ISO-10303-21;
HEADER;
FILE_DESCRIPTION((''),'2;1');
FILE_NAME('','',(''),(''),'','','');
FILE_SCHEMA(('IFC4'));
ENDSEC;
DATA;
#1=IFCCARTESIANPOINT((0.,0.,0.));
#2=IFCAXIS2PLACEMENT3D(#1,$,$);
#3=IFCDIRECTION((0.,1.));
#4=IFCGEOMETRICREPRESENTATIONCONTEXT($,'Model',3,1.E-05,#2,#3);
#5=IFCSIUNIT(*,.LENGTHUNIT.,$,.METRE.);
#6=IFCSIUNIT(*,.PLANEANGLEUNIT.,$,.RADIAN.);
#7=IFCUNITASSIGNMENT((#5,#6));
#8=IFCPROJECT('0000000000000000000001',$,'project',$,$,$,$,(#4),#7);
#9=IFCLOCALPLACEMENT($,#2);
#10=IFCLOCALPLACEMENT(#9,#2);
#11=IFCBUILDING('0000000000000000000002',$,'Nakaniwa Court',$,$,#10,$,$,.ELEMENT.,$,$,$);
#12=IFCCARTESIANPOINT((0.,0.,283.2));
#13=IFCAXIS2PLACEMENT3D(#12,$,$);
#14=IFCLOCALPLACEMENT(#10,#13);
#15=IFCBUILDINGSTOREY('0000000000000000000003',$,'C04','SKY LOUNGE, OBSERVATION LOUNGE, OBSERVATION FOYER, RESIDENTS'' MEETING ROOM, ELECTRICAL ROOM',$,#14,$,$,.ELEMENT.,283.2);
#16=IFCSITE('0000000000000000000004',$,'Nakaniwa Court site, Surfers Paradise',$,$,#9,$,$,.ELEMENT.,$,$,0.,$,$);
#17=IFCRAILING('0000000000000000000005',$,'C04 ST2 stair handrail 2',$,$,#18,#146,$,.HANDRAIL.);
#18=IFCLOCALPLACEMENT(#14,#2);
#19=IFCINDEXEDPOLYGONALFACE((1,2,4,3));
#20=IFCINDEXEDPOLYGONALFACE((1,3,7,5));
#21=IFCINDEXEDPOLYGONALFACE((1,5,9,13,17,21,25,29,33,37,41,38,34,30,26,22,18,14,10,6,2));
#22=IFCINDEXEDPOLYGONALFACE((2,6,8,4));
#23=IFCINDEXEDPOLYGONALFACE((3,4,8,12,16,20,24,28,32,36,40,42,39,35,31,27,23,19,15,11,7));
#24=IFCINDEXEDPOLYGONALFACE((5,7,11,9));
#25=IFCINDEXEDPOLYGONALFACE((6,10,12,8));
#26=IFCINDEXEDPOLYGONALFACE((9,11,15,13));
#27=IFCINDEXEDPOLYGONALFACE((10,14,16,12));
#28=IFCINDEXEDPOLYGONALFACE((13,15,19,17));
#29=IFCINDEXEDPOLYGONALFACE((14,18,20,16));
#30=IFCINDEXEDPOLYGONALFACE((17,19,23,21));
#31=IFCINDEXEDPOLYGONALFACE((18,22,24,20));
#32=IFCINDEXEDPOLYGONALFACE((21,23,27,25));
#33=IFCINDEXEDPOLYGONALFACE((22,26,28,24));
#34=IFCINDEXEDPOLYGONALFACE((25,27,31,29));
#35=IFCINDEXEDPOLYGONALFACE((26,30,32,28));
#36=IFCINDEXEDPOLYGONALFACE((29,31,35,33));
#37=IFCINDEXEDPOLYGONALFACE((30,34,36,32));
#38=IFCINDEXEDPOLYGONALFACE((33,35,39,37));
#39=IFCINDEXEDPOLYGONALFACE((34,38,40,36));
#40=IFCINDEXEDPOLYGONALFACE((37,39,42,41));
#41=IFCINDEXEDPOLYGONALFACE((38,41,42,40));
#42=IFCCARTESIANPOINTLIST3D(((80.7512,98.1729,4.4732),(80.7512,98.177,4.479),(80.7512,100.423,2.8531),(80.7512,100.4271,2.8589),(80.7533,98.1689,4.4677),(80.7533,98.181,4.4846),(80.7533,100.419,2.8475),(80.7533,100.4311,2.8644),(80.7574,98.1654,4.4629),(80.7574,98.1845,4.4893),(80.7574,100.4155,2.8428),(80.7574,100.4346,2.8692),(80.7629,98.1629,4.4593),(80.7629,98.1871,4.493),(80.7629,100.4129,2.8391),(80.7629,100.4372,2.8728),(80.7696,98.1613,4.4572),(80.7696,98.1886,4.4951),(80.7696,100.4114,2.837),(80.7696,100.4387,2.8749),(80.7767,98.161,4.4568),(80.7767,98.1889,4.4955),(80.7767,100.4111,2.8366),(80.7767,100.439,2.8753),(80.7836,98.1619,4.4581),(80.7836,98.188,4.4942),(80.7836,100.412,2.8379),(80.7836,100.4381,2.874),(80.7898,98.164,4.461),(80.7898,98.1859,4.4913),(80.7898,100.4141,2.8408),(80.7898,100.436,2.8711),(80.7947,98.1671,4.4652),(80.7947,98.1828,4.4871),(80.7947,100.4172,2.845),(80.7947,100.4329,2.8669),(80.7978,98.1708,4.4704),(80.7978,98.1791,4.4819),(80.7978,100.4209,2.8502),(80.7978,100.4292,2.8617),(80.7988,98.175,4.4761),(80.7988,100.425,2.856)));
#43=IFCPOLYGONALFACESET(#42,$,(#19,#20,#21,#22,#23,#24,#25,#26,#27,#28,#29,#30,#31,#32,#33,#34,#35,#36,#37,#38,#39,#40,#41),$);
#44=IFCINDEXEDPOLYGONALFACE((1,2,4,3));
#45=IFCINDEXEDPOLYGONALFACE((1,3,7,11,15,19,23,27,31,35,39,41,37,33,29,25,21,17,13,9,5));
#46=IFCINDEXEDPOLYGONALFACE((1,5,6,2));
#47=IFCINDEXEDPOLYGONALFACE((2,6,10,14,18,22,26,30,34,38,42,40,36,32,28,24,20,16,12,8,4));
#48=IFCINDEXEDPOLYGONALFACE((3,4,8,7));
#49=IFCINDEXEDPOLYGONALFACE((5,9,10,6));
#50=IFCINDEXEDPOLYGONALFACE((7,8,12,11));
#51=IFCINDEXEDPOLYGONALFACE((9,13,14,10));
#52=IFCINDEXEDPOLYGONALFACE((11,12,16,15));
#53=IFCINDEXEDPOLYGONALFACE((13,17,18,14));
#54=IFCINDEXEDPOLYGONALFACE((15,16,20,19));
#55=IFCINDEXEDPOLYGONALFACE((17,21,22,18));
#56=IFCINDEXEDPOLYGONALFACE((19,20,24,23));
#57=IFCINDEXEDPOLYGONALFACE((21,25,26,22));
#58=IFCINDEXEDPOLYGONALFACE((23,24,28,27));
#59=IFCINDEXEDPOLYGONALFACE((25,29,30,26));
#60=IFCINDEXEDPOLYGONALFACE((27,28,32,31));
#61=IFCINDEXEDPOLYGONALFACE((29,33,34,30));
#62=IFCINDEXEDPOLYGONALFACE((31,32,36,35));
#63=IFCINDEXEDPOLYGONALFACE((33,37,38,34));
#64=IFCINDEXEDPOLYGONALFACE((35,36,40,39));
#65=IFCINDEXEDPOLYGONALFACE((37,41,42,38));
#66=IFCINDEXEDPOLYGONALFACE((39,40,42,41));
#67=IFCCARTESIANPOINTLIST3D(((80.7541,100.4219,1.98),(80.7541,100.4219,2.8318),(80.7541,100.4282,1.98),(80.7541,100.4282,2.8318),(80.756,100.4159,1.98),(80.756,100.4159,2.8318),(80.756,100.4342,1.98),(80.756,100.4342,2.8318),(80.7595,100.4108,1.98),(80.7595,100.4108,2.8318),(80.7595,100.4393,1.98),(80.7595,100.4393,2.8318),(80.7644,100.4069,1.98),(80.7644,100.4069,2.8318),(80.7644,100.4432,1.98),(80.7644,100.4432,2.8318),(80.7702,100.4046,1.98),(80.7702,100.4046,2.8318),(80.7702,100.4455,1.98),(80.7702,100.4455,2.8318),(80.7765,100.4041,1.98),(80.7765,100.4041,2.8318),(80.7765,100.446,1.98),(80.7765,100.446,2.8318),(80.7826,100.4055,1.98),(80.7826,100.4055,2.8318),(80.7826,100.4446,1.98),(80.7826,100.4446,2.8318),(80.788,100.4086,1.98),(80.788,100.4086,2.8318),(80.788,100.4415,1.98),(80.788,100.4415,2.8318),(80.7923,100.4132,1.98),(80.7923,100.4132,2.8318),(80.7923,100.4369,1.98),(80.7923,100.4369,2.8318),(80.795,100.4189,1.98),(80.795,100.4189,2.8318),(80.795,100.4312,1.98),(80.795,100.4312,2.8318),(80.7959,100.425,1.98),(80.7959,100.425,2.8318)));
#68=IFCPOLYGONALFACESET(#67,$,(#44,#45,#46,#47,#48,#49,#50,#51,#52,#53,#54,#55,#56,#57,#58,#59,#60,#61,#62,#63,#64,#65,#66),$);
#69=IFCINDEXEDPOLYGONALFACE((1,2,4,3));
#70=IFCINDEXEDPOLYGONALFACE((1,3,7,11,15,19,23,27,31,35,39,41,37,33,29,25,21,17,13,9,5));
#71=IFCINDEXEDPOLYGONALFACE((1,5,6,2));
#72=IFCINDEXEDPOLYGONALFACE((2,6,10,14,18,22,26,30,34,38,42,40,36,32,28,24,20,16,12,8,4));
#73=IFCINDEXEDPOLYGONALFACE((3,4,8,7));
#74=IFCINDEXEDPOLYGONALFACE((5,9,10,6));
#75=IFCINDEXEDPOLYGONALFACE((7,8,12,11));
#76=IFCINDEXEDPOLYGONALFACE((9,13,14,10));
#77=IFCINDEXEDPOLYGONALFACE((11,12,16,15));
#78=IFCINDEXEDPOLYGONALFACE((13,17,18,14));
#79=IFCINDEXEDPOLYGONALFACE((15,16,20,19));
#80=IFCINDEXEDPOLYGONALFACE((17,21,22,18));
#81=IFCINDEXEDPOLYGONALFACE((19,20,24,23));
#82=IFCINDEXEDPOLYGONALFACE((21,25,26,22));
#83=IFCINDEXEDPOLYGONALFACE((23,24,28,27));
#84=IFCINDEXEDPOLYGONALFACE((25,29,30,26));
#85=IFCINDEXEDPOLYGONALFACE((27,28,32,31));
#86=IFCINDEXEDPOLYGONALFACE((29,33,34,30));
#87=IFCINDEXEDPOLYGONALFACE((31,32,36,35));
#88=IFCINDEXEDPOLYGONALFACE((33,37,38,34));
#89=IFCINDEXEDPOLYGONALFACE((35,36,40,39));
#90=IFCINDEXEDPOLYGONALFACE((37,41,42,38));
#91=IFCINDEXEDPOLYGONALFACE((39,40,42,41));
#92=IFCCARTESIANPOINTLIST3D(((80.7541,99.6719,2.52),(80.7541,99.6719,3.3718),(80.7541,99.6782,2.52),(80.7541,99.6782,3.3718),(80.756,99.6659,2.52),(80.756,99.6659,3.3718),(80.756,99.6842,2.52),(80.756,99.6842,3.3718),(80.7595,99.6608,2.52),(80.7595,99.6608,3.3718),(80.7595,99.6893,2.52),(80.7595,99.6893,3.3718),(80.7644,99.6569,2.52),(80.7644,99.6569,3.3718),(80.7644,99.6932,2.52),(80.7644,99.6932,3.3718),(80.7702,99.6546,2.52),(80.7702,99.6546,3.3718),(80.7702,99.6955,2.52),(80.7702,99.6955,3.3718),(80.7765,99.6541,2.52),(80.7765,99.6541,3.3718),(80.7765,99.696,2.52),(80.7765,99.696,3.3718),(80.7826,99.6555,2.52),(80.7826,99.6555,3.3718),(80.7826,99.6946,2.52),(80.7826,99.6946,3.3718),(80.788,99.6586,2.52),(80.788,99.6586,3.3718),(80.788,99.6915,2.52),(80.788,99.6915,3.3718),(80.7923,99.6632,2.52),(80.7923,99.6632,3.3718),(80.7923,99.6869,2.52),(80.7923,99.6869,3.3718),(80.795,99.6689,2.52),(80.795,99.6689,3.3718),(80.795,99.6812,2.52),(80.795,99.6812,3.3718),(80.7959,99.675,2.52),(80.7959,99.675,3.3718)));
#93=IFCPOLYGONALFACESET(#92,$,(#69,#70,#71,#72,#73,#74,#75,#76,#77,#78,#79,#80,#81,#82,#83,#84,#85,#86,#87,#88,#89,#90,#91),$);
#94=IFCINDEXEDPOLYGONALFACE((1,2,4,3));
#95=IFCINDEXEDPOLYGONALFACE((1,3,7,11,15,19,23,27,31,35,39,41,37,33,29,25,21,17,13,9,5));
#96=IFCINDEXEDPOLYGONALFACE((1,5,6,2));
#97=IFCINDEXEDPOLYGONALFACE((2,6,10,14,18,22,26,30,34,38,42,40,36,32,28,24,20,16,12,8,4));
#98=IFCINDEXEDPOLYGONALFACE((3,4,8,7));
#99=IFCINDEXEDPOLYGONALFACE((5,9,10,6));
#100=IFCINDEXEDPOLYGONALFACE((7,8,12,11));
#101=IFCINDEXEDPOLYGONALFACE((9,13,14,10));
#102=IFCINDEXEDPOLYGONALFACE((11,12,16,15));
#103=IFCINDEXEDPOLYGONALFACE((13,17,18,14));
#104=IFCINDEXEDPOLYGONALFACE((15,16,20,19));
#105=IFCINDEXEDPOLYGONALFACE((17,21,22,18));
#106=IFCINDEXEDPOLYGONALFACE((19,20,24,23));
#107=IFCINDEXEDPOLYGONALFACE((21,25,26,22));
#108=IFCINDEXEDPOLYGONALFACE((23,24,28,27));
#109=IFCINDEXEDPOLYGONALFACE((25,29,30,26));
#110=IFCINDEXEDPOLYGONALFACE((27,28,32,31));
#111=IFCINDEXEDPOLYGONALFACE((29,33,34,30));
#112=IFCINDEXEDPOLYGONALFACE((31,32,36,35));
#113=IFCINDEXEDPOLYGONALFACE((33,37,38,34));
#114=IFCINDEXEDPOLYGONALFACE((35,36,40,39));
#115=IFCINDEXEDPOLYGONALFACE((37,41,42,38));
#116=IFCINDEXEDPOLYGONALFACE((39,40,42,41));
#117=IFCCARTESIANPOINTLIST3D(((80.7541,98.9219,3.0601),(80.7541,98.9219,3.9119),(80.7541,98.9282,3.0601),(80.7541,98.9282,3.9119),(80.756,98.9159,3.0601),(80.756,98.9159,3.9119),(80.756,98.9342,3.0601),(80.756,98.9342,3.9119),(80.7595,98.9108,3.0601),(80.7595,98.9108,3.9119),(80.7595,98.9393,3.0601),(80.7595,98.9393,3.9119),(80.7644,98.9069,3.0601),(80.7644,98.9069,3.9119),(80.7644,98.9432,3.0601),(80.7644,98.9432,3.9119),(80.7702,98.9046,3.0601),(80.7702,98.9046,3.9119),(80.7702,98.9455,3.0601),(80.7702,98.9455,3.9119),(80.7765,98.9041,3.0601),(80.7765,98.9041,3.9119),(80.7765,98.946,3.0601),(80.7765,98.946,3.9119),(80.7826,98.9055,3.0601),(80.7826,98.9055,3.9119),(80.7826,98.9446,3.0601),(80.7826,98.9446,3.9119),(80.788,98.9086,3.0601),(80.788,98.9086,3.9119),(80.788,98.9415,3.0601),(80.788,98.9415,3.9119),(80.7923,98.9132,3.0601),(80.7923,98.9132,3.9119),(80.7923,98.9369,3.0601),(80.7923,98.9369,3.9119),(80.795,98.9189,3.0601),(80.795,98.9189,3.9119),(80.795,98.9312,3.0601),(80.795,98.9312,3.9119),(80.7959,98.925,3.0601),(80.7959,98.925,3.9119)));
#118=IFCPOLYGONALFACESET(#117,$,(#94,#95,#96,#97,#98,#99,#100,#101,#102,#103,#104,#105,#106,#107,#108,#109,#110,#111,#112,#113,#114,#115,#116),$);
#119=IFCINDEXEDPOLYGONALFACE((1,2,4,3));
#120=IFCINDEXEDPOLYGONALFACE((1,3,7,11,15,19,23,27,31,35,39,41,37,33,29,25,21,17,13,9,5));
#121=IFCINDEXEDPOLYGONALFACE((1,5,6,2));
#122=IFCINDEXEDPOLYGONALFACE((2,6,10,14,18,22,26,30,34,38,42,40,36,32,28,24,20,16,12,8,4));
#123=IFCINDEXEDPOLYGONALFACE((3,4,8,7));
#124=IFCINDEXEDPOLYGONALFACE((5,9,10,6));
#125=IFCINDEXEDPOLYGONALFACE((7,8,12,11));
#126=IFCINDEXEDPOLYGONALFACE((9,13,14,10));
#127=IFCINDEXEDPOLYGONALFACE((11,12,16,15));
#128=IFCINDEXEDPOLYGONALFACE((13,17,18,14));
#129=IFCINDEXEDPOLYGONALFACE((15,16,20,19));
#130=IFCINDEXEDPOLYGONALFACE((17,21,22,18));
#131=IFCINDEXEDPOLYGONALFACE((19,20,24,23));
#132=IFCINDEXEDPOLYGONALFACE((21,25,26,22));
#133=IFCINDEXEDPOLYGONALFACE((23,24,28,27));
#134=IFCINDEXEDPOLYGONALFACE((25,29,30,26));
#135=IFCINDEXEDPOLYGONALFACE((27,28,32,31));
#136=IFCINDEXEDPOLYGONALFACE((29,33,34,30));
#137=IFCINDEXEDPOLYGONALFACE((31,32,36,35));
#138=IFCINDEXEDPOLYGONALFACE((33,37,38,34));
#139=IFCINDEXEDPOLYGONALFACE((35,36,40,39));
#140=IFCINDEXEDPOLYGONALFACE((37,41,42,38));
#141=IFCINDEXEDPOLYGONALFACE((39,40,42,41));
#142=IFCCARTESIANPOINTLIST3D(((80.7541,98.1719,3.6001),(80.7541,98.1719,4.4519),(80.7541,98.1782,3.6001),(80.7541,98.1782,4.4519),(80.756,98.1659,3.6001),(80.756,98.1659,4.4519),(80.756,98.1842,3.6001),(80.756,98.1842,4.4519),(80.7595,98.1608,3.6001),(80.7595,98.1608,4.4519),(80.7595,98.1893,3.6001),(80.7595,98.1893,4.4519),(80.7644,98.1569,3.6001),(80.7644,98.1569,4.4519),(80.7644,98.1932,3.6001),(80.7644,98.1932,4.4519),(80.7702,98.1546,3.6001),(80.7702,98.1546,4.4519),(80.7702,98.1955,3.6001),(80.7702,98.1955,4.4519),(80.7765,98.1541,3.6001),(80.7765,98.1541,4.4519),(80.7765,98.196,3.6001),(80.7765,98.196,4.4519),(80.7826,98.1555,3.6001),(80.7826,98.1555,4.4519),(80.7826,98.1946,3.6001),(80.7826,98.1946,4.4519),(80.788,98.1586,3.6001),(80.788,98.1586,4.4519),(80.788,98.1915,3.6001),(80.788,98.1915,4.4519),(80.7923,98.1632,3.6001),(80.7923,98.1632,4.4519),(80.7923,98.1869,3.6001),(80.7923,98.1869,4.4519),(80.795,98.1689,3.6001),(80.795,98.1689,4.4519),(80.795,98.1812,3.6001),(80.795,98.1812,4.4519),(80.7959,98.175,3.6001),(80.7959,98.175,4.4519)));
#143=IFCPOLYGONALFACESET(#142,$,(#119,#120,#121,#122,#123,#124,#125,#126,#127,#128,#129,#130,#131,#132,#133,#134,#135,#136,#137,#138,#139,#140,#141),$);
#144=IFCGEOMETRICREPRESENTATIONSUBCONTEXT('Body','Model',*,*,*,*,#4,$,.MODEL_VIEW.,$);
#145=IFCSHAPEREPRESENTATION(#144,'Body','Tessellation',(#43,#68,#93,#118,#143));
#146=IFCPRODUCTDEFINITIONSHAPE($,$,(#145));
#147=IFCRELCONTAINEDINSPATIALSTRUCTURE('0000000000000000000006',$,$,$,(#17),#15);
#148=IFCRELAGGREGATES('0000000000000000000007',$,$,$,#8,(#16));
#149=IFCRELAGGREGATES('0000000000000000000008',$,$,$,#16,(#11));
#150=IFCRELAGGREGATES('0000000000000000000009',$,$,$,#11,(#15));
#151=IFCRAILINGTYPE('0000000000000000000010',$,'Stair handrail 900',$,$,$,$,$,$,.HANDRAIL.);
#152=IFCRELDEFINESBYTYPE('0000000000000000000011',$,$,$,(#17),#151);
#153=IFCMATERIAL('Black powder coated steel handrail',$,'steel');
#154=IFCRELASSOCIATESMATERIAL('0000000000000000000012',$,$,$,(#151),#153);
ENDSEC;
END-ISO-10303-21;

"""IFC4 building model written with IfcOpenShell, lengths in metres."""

from ifc_helpers import new_model, si_unit, direction, frame, origin, origin_2d, place, context, subcontext, project, spatial, circle, extrude, material, type_object, element, save


model = new_model("IFC4")

# Units and contexts
model_context = context("Model", 3, precision=1e-05, world=origin(), true_north=direction((0.0, 1.0)))
body_context = subcontext(model_context, "Body", "Model", "MODEL_VIEW")
ifc_project = project(units=[si_unit("LENGTHUNIT", "METRE"), si_unit("PLANEANGLEUNIT", "RADIAN")], contexts=[model_context])

# Site, building, storey
site_placement = place(None, origin())
site = spatial("IfcSite", under=ifc_project, at=site_placement, Name="Nakaniwa Court site, Surfers Paradise", CompositionType="ELEMENT", RefElevation=0.0)
building_placement = place(site_placement, origin())
building = spatial("IfcBuilding", under=site, at=building_placement, Name="Nakaniwa Court", CompositionType="ELEMENT")
storey_placement = place(building_placement, frame((0.0, 0.0, 283.2)))
storey = spatial("IfcBuildingStorey", under=building, at=storey_placement, Name="C04", Description="SKY LOUNGE, OBSERVATION LOUNGE, OBSERVATION FOYER, RESIDENTS' MEETING ROOM, ELECTRICAL ROOM", CompositionType="ELEMENT", Elevation=283.2)

# Railing
ifc_material_1 = material(Name="Black powder coated steel handrail", Category="steel")
railing_type_1 = type_object("IfcRailingType", Name="Stair handrail 900", PredefinedType="HANDRAIL", material=ifc_material_1)
railing_1_placement = place(storey_placement, frame((80.7749, 100.425, 1.98)))
element("IfcRailing", 1, at=railing_1_placement, inside=storey, type_object=railing_type_1, Name="C04 ST2 stair handrail 2", PredefinedType="HANDRAIL", context=body_context, shape_type="SweptSolid", body=[
    extrude(circle(Radius=0.0239, at=origin_2d()), frame((0.0, 0.0, 0.876), z_axis=(0.0, -0.811514, 0.584333), x_axis=(1.0, 0.0, 0.0)), (0.0, 0.0, 1.0), 2.7727),
    extrude(circle(Radius=0.021, at=origin_2d()), origin(), (0.0, 0.0, 1.0), 0.8518),
    extrude(circle(Radius=0.021, at=origin_2d()), frame((0.0, -0.75, 0.54)), (0.0, 0.0, 1.0), 0.8518),
    extrude(circle(Radius=0.021, at=origin_2d()), frame((0.0, -1.5, 1.0801)), (0.0, 0.0, 1.0), 0.8518),
    extrude(circle(Radius=0.021, at=origin_2d()), frame((0.0, -2.25, 1.6201)), (0.0, 0.0, 1.0), 0.8518),
])

save(model, "model.ifc")
